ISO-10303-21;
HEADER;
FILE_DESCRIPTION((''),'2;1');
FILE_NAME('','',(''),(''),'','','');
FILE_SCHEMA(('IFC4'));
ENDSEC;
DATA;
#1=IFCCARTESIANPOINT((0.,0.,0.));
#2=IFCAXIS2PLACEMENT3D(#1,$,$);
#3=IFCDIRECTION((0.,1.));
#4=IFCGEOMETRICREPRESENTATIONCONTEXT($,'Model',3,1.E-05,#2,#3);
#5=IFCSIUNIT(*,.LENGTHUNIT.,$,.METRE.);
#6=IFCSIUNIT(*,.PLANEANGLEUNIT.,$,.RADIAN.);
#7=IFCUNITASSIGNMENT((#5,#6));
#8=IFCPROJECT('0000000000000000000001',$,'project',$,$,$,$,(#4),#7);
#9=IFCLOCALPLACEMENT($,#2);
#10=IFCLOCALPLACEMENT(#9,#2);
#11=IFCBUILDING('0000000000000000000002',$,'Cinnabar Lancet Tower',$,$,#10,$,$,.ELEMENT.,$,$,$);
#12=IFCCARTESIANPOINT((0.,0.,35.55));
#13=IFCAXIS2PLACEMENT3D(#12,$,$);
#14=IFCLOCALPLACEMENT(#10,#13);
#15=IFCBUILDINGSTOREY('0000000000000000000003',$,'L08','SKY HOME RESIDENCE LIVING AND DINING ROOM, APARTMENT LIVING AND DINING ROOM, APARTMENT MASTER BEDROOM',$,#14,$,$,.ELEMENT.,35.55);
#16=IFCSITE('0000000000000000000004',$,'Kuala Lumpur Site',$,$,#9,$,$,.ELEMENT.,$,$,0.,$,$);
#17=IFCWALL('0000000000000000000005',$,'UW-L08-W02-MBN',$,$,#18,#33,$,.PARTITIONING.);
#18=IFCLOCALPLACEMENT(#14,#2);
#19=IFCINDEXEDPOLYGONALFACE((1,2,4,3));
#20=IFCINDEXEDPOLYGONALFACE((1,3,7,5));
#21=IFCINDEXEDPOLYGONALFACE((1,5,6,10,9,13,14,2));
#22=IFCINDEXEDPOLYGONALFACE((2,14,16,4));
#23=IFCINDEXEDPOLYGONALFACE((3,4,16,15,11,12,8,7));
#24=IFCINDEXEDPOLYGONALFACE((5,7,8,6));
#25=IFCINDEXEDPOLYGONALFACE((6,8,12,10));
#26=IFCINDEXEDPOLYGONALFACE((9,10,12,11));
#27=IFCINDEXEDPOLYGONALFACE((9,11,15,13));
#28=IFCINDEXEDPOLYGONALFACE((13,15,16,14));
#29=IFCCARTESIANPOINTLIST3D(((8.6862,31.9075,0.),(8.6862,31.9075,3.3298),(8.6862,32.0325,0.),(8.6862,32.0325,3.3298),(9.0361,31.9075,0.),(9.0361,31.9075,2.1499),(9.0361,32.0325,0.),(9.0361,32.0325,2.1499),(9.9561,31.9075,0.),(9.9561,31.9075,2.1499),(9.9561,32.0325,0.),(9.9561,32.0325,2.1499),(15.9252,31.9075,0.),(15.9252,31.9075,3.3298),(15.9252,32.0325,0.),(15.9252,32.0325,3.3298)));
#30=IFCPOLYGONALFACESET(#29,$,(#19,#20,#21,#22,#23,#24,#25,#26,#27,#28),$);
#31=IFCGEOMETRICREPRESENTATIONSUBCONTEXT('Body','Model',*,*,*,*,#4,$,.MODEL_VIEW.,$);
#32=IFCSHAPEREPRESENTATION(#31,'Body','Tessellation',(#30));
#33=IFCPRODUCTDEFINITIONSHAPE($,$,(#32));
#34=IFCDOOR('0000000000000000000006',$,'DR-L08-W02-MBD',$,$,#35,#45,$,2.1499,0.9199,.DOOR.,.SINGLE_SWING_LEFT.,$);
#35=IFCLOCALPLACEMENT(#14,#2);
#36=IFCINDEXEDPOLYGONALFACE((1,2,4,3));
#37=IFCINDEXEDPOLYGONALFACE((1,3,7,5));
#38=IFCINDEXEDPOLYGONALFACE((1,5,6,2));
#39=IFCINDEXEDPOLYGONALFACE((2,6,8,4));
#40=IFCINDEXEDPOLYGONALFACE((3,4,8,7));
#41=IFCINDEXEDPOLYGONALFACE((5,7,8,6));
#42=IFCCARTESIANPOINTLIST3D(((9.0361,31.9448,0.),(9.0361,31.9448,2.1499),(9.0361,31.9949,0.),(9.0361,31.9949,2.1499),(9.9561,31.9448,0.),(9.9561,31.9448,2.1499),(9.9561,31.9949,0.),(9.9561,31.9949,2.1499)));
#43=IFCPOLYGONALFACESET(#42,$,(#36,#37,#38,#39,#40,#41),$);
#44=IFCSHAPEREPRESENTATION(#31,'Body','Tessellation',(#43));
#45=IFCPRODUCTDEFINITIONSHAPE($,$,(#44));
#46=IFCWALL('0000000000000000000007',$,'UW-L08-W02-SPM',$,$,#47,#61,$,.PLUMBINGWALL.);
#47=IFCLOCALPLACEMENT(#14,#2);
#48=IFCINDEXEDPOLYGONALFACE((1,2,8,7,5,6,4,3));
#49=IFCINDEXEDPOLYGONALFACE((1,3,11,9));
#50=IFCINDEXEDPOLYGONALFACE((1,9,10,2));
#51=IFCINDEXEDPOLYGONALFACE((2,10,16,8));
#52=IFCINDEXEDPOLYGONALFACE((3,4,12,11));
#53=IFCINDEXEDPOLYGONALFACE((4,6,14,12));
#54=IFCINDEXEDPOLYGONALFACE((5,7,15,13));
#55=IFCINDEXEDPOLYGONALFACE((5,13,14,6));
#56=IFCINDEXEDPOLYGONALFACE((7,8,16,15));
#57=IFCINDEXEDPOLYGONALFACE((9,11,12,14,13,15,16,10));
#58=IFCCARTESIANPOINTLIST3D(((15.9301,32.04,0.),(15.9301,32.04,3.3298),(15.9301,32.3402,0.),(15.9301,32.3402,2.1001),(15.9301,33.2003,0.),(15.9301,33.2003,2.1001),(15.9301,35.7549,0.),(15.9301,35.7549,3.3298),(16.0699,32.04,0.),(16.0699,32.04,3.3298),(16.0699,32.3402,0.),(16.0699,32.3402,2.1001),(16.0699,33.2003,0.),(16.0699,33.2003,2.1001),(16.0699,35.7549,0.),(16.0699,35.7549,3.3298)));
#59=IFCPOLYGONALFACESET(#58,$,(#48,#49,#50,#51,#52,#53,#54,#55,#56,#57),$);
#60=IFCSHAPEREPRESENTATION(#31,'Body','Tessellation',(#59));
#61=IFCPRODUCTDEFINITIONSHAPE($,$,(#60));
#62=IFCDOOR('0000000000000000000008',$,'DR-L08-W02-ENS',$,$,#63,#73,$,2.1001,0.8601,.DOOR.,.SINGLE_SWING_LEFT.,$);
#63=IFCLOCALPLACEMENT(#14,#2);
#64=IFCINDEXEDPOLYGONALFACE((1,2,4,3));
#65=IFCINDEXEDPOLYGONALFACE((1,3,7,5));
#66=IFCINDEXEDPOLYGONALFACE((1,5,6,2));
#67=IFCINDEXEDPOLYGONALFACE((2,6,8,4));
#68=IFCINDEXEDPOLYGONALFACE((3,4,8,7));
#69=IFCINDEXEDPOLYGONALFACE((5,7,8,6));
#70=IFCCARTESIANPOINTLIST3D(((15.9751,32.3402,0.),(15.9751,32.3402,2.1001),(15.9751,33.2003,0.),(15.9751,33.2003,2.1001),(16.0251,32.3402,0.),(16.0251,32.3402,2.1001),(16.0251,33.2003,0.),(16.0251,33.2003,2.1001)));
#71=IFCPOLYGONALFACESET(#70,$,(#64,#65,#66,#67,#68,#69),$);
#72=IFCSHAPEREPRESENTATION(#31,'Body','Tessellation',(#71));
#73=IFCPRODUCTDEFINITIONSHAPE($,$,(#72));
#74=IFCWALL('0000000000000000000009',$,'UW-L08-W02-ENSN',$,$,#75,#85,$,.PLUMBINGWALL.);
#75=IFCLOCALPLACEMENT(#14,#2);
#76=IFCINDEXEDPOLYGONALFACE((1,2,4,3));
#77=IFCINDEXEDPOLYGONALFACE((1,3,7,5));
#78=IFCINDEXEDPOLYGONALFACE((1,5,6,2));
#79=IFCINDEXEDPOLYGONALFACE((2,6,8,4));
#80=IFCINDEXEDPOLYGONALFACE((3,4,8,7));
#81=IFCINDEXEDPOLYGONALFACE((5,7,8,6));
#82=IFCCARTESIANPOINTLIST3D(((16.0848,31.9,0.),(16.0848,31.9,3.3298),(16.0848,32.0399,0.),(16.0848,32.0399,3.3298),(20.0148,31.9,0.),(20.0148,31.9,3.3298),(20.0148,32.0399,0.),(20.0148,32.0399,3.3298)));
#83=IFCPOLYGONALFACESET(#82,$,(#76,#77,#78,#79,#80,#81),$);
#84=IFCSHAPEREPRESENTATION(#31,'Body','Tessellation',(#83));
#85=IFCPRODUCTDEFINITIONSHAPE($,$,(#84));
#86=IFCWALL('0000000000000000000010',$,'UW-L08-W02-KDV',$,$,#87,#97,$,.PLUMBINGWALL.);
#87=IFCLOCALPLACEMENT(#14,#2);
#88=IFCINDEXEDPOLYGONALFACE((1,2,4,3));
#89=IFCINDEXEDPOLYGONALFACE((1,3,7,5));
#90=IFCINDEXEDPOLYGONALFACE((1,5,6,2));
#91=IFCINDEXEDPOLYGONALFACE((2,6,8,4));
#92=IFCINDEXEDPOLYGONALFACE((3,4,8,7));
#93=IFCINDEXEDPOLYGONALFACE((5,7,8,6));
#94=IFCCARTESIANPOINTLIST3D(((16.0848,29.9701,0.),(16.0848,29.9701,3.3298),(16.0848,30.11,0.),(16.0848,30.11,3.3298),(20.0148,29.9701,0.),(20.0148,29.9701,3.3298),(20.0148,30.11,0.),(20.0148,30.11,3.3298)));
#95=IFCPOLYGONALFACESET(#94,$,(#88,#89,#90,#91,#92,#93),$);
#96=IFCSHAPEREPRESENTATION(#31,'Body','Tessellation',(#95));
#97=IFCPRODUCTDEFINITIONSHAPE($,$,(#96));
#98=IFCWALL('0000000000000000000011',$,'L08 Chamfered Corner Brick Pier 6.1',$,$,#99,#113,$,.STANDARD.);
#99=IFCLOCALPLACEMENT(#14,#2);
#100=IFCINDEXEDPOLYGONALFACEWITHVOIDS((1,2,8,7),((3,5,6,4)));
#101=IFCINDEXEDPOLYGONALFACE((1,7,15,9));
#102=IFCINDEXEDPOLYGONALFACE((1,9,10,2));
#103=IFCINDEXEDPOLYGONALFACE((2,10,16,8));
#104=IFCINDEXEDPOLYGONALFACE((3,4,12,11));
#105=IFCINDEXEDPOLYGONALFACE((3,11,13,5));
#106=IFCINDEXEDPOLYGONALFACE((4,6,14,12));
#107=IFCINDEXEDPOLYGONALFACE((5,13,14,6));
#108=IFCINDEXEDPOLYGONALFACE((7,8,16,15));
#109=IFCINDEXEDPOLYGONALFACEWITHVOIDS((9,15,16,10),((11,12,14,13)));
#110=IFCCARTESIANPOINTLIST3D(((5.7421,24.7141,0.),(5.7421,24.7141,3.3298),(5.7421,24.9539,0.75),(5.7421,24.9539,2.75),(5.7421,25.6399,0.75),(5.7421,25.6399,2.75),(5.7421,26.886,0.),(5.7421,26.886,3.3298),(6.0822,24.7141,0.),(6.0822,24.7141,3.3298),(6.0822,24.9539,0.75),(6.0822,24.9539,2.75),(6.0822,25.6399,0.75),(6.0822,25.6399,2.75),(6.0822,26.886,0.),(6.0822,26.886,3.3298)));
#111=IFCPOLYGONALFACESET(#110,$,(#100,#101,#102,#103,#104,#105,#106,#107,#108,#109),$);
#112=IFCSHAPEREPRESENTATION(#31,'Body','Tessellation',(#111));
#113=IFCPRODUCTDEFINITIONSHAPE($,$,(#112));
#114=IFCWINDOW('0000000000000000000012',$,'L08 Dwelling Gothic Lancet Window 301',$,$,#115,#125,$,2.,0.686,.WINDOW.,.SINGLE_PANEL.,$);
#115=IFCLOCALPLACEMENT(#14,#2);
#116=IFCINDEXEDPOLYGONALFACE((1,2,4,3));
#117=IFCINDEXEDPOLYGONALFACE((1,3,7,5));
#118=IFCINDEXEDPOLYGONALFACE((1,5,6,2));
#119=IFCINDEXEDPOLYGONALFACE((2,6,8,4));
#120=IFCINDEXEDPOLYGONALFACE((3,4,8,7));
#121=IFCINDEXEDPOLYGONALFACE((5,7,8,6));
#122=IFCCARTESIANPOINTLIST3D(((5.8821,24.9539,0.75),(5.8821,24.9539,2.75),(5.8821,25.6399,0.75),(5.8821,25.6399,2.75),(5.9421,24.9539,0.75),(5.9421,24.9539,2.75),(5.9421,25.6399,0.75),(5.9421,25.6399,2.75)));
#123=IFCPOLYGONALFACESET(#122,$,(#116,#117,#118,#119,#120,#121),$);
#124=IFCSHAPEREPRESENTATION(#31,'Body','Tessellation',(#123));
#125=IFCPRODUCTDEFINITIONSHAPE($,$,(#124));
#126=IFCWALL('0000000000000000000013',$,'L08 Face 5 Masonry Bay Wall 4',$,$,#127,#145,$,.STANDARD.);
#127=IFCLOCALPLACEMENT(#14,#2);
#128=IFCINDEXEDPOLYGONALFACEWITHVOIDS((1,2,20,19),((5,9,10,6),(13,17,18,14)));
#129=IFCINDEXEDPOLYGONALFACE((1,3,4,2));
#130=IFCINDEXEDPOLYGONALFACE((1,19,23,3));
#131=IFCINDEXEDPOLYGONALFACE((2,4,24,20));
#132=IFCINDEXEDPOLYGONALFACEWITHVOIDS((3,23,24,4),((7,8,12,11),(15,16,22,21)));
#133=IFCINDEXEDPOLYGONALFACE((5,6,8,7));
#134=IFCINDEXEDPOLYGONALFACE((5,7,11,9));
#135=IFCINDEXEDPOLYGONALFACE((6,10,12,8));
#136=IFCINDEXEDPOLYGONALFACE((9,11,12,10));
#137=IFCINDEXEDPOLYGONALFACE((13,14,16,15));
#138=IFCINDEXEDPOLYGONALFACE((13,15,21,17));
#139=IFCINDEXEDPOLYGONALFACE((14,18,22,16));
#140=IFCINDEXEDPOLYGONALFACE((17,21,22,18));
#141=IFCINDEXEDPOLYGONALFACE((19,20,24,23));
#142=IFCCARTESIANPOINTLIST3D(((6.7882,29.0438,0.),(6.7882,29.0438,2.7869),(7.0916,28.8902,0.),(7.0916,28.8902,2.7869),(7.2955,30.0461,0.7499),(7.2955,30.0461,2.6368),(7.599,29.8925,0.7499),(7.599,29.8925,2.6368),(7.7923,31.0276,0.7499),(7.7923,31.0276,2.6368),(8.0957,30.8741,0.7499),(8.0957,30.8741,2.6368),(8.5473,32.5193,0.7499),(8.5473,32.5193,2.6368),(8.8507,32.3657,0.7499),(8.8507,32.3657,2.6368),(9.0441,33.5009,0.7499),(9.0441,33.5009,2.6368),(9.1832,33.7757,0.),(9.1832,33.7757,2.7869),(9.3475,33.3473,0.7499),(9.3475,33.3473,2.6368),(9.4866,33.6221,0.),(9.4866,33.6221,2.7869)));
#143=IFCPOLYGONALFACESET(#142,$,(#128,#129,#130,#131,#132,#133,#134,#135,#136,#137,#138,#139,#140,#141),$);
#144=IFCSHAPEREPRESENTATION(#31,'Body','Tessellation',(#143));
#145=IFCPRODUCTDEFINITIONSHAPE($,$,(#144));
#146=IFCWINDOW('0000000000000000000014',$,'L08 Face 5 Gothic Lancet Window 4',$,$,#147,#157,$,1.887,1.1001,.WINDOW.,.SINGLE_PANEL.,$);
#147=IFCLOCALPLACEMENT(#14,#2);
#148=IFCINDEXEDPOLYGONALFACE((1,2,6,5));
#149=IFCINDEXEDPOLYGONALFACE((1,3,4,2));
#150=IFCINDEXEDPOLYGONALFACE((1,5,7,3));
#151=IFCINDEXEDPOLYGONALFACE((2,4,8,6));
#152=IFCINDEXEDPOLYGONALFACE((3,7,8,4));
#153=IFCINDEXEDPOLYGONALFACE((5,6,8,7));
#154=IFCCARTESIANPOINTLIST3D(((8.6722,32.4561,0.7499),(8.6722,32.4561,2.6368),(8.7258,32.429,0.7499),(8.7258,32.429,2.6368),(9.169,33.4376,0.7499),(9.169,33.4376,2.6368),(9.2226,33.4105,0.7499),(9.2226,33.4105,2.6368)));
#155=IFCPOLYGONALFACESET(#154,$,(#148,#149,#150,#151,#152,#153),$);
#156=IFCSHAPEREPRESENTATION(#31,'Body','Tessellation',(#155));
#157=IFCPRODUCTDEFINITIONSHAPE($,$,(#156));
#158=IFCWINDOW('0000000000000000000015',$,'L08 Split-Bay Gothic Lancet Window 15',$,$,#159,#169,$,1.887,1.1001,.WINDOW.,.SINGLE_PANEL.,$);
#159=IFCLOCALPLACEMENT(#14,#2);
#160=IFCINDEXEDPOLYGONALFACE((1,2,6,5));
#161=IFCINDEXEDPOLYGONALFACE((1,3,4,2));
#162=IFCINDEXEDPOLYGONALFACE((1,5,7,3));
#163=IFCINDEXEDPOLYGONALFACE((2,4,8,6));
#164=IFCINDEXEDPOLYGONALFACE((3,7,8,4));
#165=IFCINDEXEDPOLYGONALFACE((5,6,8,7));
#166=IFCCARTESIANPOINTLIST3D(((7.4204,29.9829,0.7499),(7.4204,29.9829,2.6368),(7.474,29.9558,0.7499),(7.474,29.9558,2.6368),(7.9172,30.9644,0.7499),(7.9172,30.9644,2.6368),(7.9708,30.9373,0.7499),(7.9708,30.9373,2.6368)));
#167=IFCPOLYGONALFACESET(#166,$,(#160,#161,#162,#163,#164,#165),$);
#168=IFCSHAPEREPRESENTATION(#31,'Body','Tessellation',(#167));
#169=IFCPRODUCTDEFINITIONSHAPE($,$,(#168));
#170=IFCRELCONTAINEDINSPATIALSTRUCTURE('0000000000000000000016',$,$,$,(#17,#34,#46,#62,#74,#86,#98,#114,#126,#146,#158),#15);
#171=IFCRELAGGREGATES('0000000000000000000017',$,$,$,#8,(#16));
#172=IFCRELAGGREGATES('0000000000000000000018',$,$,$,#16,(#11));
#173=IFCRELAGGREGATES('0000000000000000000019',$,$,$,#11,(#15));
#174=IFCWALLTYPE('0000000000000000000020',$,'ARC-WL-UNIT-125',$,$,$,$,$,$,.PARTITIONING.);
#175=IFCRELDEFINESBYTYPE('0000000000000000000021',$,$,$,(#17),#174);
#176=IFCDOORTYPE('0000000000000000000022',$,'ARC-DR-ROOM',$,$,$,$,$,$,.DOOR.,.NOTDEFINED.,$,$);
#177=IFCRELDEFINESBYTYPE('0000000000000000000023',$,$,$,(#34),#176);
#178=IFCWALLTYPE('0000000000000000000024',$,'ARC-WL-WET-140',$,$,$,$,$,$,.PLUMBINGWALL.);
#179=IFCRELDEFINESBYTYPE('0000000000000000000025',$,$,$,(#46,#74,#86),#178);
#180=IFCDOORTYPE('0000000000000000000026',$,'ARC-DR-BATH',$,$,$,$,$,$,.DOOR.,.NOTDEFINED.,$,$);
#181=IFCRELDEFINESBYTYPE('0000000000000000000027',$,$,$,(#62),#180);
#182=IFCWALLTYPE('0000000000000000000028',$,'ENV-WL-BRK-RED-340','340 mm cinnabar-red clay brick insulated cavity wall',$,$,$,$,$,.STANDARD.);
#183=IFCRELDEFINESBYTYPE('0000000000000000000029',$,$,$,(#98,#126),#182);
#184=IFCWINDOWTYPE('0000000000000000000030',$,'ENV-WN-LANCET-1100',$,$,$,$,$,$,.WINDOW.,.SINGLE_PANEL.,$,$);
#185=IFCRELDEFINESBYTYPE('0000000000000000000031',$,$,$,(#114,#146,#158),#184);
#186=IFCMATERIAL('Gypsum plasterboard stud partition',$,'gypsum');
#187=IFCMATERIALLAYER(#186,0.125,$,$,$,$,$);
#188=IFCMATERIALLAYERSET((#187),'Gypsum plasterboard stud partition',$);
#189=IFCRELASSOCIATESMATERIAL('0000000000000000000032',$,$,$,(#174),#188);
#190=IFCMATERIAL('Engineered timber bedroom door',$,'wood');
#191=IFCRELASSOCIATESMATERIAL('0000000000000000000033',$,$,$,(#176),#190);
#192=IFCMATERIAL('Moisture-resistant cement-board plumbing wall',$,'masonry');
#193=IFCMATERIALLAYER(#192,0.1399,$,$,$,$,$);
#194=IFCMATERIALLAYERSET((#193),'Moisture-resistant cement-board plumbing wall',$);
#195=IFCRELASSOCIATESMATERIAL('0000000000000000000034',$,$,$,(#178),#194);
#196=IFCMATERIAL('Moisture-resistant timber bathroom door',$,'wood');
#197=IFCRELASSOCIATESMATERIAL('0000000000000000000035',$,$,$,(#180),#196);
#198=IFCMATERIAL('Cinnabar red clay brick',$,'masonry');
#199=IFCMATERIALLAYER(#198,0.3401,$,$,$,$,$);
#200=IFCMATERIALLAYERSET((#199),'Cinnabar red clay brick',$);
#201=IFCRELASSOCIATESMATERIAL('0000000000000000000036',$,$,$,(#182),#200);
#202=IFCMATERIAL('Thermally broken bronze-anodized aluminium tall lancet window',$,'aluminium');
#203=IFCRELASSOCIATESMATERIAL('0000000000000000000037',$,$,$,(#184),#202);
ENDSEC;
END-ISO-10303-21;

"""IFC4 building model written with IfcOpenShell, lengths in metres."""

from ifc_helpers import new_model, si_unit, direction, frame, frame_2d, origin, place, context, subcontext, project, spatial, rectangle, extrude, material, layer, layer_set, type_object, element, fill, save


model = new_model("IFC4")

# Units and contexts
model_context = context("Model", 3, precision=1e-05, world=origin(), true_north=direction((0.0, 1.0)))
body_context = subcontext(model_context, "Body", "Model", "MODEL_VIEW")
ifc_project = project(units=[si_unit("LENGTHUNIT", "METRE"), si_unit("PLANEANGLEUNIT", "RADIAN")], contexts=[model_context])

# Site, building, storey
site_placement = place(None, origin())
site = spatial("IfcSite", under=ifc_project, at=site_placement, Name="Kuala Lumpur Site", CompositionType="ELEMENT", RefElevation=0.0)
building_placement = place(site_placement, origin())
building = spatial("IfcBuilding", under=site, at=building_placement, Name="Cinnabar Lancet Tower", CompositionType="ELEMENT")
storey_placement = place(building_placement, frame((0.0, 0.0, 35.55)))
storey = spatial("IfcBuildingStorey", under=building, at=storey_placement, Name="L08", Description="SKY HOME RESIDENCE LIVING AND DINING ROOM, APARTMENT LIVING AND DINING ROOM, APARTMENT MASTER BEDROOM", CompositionType="ELEMENT", Elevation=35.55)

# Shared definitions
ifc_material_1 = material(Name="Gypsum plasterboard stud partition", Category="gypsum")
ifc_layer_1 = layer(ifc_material_1, 0.125)
ifc_layer_set_1 = layer_set([ifc_layer_1], Name="Gypsum plasterboard stud partition")
wall_type_1 = type_object("IfcWallType", Name="ARC-WL-UNIT-125", PredefinedType="PARTITIONING", material=ifc_layer_set_1)

# Wall, opening, door
wall_1_placement = place(storey_placement, frame((8.686, 31.97, 0.0), z_axis=(0.0, 0.0, 1.0), x_axis=(1.0, 0.0, 0.0)))
wall_1 = element("IfcWall", 1, at=wall_1_placement, inside=storey, type_object=wall_type_1, Name="UW-L08-W02-MBN", PredefinedType="PARTITIONING", context=body_context, shape_type="SweptSolid", body=[
    extrude(rectangle(XDim=7.239, YDim=0.125, at=frame_2d((3.6196, 0.0))), origin(), (0.0, 0.0, 1.0), 3.3298),
])
opening_1_placement = place(wall_1_placement, frame((0.3501, 0.0, 0.0)))
opening_1 = element("IfcOpeningElement", 2, at=opening_1_placement, cuts=wall_1, PredefinedType="OPENING", context=body_context, shape_type="SweptSolid", body=[
    extrude(rectangle(XDim=0.9199, YDim=2.1499, at=frame_2d((0.46, 1.075))), frame((0.0, 0.0725, 0.0), z_axis=(0.0, -1.0, 0.0), x_axis=(1.0, 0.0, 0.0)), (0.0, 0.0, 1.0), 0.145),
])
ifc_material_2 = material(Name="Engineered timber bedroom door", Category="wood")
door_type_1 = type_object("IfcDoorType", Name="ARC-DR-ROOM", OperationType="NOTDEFINED", PredefinedType="DOOR", material=ifc_material_2)
door_1_placement = place(opening_1_placement, origin())
door_1 = element("IfcDoor", 3, at=door_1_placement, inside=storey, type_object=door_type_1, Name="DR-L08-W02-MBD", OperationType="SINGLE_SWING_LEFT", OverallHeight=2.1499, OverallWidth=0.9199, PredefinedType="DOOR", context=body_context, shape_type="SweptSolid", body=[
    extrude(rectangle(XDim=0.9199, YDim=2.1499, at=frame_2d((0.46, 1.075))), frame((0.0, 0.0249, 0.0), z_axis=(0.0, -1.0, 0.0), x_axis=(1.0, 0.0, 0.0)), (0.0, 0.0, 1.0), 0.05),
])
fill(opening_1, door_1)

# Shared definitions
ifc_material_3 = material(Name="Moisture-resistant cement-board plumbing wall", Category="masonry")
ifc_layer_2 = layer(ifc_material_3, 0.1399)
ifc_layer_set_2 = layer_set([ifc_layer_2], Name="Moisture-resistant cement-board plumbing wall")
wall_type_2 = type_object("IfcWallType", Name="ARC-WL-WET-140", PredefinedType="PLUMBINGWALL", material=ifc_layer_set_2)
ifc_material_4 = material(Name="Moisture-resistant timber bathroom door", Category="wood")
door_type_2 = type_object("IfcDoorType", Name="ARC-DR-BATH", OperationType="NOTDEFINED", PredefinedType="DOOR", material=ifc_material_4)

# Wall, opening, door
wall_2_placement = place(storey_placement, frame((16.0, 32.04, 0.0), z_axis=(0.0, 0.0, 1.0), x_axis=(0.0, 1.0, 0.0)))
wall_2 = element("IfcWall", 4, at=wall_2_placement, inside=storey, type_object=wall_type_2, Name="UW-L08-W02-SPM", PredefinedType="PLUMBINGWALL", context=body_context, shape_type="SweptSolid", body=[
    extrude(rectangle(XDim=3.7148, YDim=0.1399, at=frame_2d((1.8574, 0.0))), origin(), (0.0, 0.0, 1.0), 3.3298),
])
opening_2_placement = place(wall_2_placement, frame((0.3, 0.0, 0.0)))
opening_2 = element("IfcOpeningElement", 5, at=opening_2_placement, cuts=wall_2, PredefinedType="OPENING", context=body_context, shape_type="SweptSolid", body=[
    extrude(rectangle(XDim=0.8601, YDim=2.1001, at=frame_2d((0.4302, 1.05))), frame((0.0, 0.0798, 0.0), z_axis=(0.0, -1.0, 0.0), x_axis=(1.0, 0.0, 0.0)), (0.0, 0.0, 1.0), 0.1599),
])
door_2_placement = place(opening_2_placement, origin())
door_2 = element("IfcDoor", 6, at=door_2_placement, inside=storey, type_object=door_type_2, Name="DR-L08-W02-ENS", OperationType="SINGLE_SWING_LEFT", OverallHeight=2.1001, OverallWidth=0.8601, PredefinedType="DOOR", context=body_context, shape_type="SweptSolid", body=[
    extrude(rectangle(XDim=0.8601, YDim=2.1001, at=frame_2d((0.4302, 1.05))), frame((0.0, 0.0249, 0.0), z_axis=(0.0, -1.0, 0.0), x_axis=(1.0, 0.0, 0.0)), (0.0, 0.0, 1.0), 0.05),
])
fill(opening_2, door_2)

# Walls
for number, where, z_axis, x_axis, name in (
    (7, (16.085, 31.97, 0.0), (0.0, 0.0, 1.0), (1.0, 0.0, 0.0), "UW-L08-W02-ENSN"),
    (8, (16.085, 30.04, 0.0), (0.0, 0.0, 1.0), (1.0, 0.0, 0.0), "UW-L08-W02-KDV"),
):
    element("IfcWall", number, at=place(storey_placement, frame(where, z_axis=z_axis, x_axis=x_axis)), inside=storey, type_object=wall_type_2, Name=name, PredefinedType="PLUMBINGWALL", context=body_context, shape_type="SweptSolid", body=[
        extrude(rectangle(XDim=3.9299, YDim=0.1399, at=frame_2d((1.9648, 0.0))), origin(), (0.0, 0.0, 1.0), 3.3298),
    ])

# Wall, opening, window
ifc_material_5 = material(Name="Cinnabar red clay brick", Category="masonry")
ifc_layer_3 = layer(ifc_material_5, 0.3401)
ifc_layer_set_3 = layer_set([ifc_layer_3], Name="Cinnabar red clay brick")
wall_type_3 = type_object("IfcWallType", Name="ENV-WL-BRK-RED-340", Description="340 mm cinnabar-red clay brick insulated cavity wall", PredefinedType="STANDARD", material=ifc_layer_set_3)
wall_3_placement = place(storey_placement, frame((5.9121, 26.886, 0.0), z_axis=(0.0, 0.0, 1.0), x_axis=(0.0, -1.0, 0.0)))
wall_3 = element("IfcWall", 9, at=wall_3_placement, inside=storey, type_object=wall_type_3, Name="L08 Chamfered Corner Brick Pier 6.1", PredefinedType="STANDARD", context=body_context, shape_type="SweptSolid", body=[
    extrude(rectangle(XDim=2.1719, YDim=0.3401, at=frame_2d((1.0859, 0.0))), origin(), (0.0, 0.0, 1.0), 3.3298),
])
opening_3_placement = place(wall_3_placement, frame((1.2461, 0.0, 0.75)))
opening_3 = element("IfcOpeningElement", 10, at=opening_3_placement, cuts=wall_3, PredefinedType="OPENING", context=body_context, shape_type="SweptSolid", body=[
    extrude(rectangle(XDim=0.686, YDim=2.0, at=frame_2d((0.343, 1.0))), frame((0.0, 0.1799, 0.0), z_axis=(0.0, -1.0, 0.0), x_axis=(1.0, 0.0, 0.0)), (0.0, 0.0, 1.0), 0.3601),
])
ifc_material_6 = material(Name="Thermally broken bronze-anodized aluminium tall lancet window", Category="aluminium")
window_type = type_object("IfcWindowType", Name="ENV-WN-LANCET-1100", PartitioningType="SINGLE_PANEL", PredefinedType="WINDOW", material=ifc_material_6)
window_1_placement = place(opening_3_placement, origin())
window_1 = element("IfcWindow", 11, at=window_1_placement, inside=storey, type_object=window_type, Name="L08 Dwelling Gothic Lancet Window 301", OverallHeight=2.0, OverallWidth=0.686, PartitioningType="SINGLE_PANEL", PredefinedType="WINDOW", context=body_context, shape_type="SweptSolid", body=[
    extrude(rectangle(XDim=0.686, YDim=2.0, at=frame_2d((0.343, 1.0))), frame((0.0, 0.03, 0.0), z_axis=(0.0, -1.0, 0.0), x_axis=(1.0, 0.0, 0.0)), (0.0, 0.0, 1.0), 0.0601),
])
fill(opening_3, window_1)

# Wall, openings, windows
wall_4_placement = place(storey_placement, frame((9.335, 33.699, 0.0), z_axis=(0.0, 0.0, 1.0), x_axis=(-0.451591, -0.892225, 0.0)))
wall_4 = element("IfcWall", 12, at=wall_4_placement, inside=storey, type_object=wall_type_3, Name="L08 Face 5 Masonry Bay Wall 4", PredefinedType="STANDARD", context=body_context, shape_type="SweptSolid", body=[
    extrude(rectangle(XDim=5.3035, YDim=0.3401, at=frame_2d((2.6519, 0.0))), origin(), (0.0, 0.0, 1.0), 2.7869),
])
opening_4_placement = place(wall_4_placement, frame((0.3081, 0.0, 0.75)))
opening_4 = element("IfcOpeningElement", 13, at=opening_4_placement, cuts=wall_4, PredefinedType="OPENING", context=body_context, shape_type="SweptSolid", body=[
    extrude(rectangle(XDim=1.1001, YDim=1.887, at=frame_2d((0.55, 0.9434))), frame((0.0, 0.1799, 0.0), z_axis=(0.0, -1.0, 0.0), x_axis=(1.0, 0.0, 0.0)), (0.0, 0.0, 1.0), 0.3601),
])
opening_5_placement = place(wall_4_placement, frame((3.0801, 0.0, 0.75)))
opening_5 = element("IfcOpeningElement", 14, at=opening_5_placement, cuts=wall_4, PredefinedType="OPENING", context=body_context, shape_type="SweptSolid", body=[
    extrude(rectangle(XDim=1.1001, YDim=1.887, at=frame_2d((0.55, 0.9434))), frame((0.0, 0.1799, 0.0), z_axis=(0.0, -1.0, 0.0), x_axis=(1.0, 0.0, 0.0)), (0.0, 0.0, 1.0), 0.3601),
])
window_2_placement = place(opening_4_placement, origin())
window_2 = element("IfcWindow", 15, at=window_2_placement, inside=storey, type_object=window_type, Name="L08 Face 5 Gothic Lancet Window 4", OverallHeight=1.887, OverallWidth=1.1001, PartitioningType="SINGLE_PANEL", PredefinedType="WINDOW", context=body_context, shape_type="SweptSolid", body=[
    extrude(rectangle(XDim=1.1001, YDim=1.887, at=frame_2d((0.55, 0.9434))), frame((0.0, 0.03, 0.0), z_axis=(0.0, -1.0, 0.0), x_axis=(1.0, 0.0, 0.0)), (0.0, 0.0, 1.0), 0.0601),
])
fill(opening_4, window_2)
window_3_placement = place(opening_5_placement, origin())
window_3 = element("IfcWindow", 16, at=window_3_placement, inside=storey, type_object=window_type, Name="L08 Split-Bay Gothic Lancet Window 15", OverallHeight=1.887, OverallWidth=1.1001, PartitioningType="SINGLE_PANEL", PredefinedType="WINDOW", context=body_context, shape_type="SweptSolid", body=[
    extrude(rectangle(XDim=1.1001, YDim=1.887, at=frame_2d((0.55, 0.9434))), frame((0.0, 0.03, 0.0), z_axis=(0.0, -1.0, 0.0), x_axis=(1.0, 0.0, 0.0)), (0.0, 0.0, 1.0), 0.0601),
])
fill(opening_5, window_3)

save(model, "model.ifc")
